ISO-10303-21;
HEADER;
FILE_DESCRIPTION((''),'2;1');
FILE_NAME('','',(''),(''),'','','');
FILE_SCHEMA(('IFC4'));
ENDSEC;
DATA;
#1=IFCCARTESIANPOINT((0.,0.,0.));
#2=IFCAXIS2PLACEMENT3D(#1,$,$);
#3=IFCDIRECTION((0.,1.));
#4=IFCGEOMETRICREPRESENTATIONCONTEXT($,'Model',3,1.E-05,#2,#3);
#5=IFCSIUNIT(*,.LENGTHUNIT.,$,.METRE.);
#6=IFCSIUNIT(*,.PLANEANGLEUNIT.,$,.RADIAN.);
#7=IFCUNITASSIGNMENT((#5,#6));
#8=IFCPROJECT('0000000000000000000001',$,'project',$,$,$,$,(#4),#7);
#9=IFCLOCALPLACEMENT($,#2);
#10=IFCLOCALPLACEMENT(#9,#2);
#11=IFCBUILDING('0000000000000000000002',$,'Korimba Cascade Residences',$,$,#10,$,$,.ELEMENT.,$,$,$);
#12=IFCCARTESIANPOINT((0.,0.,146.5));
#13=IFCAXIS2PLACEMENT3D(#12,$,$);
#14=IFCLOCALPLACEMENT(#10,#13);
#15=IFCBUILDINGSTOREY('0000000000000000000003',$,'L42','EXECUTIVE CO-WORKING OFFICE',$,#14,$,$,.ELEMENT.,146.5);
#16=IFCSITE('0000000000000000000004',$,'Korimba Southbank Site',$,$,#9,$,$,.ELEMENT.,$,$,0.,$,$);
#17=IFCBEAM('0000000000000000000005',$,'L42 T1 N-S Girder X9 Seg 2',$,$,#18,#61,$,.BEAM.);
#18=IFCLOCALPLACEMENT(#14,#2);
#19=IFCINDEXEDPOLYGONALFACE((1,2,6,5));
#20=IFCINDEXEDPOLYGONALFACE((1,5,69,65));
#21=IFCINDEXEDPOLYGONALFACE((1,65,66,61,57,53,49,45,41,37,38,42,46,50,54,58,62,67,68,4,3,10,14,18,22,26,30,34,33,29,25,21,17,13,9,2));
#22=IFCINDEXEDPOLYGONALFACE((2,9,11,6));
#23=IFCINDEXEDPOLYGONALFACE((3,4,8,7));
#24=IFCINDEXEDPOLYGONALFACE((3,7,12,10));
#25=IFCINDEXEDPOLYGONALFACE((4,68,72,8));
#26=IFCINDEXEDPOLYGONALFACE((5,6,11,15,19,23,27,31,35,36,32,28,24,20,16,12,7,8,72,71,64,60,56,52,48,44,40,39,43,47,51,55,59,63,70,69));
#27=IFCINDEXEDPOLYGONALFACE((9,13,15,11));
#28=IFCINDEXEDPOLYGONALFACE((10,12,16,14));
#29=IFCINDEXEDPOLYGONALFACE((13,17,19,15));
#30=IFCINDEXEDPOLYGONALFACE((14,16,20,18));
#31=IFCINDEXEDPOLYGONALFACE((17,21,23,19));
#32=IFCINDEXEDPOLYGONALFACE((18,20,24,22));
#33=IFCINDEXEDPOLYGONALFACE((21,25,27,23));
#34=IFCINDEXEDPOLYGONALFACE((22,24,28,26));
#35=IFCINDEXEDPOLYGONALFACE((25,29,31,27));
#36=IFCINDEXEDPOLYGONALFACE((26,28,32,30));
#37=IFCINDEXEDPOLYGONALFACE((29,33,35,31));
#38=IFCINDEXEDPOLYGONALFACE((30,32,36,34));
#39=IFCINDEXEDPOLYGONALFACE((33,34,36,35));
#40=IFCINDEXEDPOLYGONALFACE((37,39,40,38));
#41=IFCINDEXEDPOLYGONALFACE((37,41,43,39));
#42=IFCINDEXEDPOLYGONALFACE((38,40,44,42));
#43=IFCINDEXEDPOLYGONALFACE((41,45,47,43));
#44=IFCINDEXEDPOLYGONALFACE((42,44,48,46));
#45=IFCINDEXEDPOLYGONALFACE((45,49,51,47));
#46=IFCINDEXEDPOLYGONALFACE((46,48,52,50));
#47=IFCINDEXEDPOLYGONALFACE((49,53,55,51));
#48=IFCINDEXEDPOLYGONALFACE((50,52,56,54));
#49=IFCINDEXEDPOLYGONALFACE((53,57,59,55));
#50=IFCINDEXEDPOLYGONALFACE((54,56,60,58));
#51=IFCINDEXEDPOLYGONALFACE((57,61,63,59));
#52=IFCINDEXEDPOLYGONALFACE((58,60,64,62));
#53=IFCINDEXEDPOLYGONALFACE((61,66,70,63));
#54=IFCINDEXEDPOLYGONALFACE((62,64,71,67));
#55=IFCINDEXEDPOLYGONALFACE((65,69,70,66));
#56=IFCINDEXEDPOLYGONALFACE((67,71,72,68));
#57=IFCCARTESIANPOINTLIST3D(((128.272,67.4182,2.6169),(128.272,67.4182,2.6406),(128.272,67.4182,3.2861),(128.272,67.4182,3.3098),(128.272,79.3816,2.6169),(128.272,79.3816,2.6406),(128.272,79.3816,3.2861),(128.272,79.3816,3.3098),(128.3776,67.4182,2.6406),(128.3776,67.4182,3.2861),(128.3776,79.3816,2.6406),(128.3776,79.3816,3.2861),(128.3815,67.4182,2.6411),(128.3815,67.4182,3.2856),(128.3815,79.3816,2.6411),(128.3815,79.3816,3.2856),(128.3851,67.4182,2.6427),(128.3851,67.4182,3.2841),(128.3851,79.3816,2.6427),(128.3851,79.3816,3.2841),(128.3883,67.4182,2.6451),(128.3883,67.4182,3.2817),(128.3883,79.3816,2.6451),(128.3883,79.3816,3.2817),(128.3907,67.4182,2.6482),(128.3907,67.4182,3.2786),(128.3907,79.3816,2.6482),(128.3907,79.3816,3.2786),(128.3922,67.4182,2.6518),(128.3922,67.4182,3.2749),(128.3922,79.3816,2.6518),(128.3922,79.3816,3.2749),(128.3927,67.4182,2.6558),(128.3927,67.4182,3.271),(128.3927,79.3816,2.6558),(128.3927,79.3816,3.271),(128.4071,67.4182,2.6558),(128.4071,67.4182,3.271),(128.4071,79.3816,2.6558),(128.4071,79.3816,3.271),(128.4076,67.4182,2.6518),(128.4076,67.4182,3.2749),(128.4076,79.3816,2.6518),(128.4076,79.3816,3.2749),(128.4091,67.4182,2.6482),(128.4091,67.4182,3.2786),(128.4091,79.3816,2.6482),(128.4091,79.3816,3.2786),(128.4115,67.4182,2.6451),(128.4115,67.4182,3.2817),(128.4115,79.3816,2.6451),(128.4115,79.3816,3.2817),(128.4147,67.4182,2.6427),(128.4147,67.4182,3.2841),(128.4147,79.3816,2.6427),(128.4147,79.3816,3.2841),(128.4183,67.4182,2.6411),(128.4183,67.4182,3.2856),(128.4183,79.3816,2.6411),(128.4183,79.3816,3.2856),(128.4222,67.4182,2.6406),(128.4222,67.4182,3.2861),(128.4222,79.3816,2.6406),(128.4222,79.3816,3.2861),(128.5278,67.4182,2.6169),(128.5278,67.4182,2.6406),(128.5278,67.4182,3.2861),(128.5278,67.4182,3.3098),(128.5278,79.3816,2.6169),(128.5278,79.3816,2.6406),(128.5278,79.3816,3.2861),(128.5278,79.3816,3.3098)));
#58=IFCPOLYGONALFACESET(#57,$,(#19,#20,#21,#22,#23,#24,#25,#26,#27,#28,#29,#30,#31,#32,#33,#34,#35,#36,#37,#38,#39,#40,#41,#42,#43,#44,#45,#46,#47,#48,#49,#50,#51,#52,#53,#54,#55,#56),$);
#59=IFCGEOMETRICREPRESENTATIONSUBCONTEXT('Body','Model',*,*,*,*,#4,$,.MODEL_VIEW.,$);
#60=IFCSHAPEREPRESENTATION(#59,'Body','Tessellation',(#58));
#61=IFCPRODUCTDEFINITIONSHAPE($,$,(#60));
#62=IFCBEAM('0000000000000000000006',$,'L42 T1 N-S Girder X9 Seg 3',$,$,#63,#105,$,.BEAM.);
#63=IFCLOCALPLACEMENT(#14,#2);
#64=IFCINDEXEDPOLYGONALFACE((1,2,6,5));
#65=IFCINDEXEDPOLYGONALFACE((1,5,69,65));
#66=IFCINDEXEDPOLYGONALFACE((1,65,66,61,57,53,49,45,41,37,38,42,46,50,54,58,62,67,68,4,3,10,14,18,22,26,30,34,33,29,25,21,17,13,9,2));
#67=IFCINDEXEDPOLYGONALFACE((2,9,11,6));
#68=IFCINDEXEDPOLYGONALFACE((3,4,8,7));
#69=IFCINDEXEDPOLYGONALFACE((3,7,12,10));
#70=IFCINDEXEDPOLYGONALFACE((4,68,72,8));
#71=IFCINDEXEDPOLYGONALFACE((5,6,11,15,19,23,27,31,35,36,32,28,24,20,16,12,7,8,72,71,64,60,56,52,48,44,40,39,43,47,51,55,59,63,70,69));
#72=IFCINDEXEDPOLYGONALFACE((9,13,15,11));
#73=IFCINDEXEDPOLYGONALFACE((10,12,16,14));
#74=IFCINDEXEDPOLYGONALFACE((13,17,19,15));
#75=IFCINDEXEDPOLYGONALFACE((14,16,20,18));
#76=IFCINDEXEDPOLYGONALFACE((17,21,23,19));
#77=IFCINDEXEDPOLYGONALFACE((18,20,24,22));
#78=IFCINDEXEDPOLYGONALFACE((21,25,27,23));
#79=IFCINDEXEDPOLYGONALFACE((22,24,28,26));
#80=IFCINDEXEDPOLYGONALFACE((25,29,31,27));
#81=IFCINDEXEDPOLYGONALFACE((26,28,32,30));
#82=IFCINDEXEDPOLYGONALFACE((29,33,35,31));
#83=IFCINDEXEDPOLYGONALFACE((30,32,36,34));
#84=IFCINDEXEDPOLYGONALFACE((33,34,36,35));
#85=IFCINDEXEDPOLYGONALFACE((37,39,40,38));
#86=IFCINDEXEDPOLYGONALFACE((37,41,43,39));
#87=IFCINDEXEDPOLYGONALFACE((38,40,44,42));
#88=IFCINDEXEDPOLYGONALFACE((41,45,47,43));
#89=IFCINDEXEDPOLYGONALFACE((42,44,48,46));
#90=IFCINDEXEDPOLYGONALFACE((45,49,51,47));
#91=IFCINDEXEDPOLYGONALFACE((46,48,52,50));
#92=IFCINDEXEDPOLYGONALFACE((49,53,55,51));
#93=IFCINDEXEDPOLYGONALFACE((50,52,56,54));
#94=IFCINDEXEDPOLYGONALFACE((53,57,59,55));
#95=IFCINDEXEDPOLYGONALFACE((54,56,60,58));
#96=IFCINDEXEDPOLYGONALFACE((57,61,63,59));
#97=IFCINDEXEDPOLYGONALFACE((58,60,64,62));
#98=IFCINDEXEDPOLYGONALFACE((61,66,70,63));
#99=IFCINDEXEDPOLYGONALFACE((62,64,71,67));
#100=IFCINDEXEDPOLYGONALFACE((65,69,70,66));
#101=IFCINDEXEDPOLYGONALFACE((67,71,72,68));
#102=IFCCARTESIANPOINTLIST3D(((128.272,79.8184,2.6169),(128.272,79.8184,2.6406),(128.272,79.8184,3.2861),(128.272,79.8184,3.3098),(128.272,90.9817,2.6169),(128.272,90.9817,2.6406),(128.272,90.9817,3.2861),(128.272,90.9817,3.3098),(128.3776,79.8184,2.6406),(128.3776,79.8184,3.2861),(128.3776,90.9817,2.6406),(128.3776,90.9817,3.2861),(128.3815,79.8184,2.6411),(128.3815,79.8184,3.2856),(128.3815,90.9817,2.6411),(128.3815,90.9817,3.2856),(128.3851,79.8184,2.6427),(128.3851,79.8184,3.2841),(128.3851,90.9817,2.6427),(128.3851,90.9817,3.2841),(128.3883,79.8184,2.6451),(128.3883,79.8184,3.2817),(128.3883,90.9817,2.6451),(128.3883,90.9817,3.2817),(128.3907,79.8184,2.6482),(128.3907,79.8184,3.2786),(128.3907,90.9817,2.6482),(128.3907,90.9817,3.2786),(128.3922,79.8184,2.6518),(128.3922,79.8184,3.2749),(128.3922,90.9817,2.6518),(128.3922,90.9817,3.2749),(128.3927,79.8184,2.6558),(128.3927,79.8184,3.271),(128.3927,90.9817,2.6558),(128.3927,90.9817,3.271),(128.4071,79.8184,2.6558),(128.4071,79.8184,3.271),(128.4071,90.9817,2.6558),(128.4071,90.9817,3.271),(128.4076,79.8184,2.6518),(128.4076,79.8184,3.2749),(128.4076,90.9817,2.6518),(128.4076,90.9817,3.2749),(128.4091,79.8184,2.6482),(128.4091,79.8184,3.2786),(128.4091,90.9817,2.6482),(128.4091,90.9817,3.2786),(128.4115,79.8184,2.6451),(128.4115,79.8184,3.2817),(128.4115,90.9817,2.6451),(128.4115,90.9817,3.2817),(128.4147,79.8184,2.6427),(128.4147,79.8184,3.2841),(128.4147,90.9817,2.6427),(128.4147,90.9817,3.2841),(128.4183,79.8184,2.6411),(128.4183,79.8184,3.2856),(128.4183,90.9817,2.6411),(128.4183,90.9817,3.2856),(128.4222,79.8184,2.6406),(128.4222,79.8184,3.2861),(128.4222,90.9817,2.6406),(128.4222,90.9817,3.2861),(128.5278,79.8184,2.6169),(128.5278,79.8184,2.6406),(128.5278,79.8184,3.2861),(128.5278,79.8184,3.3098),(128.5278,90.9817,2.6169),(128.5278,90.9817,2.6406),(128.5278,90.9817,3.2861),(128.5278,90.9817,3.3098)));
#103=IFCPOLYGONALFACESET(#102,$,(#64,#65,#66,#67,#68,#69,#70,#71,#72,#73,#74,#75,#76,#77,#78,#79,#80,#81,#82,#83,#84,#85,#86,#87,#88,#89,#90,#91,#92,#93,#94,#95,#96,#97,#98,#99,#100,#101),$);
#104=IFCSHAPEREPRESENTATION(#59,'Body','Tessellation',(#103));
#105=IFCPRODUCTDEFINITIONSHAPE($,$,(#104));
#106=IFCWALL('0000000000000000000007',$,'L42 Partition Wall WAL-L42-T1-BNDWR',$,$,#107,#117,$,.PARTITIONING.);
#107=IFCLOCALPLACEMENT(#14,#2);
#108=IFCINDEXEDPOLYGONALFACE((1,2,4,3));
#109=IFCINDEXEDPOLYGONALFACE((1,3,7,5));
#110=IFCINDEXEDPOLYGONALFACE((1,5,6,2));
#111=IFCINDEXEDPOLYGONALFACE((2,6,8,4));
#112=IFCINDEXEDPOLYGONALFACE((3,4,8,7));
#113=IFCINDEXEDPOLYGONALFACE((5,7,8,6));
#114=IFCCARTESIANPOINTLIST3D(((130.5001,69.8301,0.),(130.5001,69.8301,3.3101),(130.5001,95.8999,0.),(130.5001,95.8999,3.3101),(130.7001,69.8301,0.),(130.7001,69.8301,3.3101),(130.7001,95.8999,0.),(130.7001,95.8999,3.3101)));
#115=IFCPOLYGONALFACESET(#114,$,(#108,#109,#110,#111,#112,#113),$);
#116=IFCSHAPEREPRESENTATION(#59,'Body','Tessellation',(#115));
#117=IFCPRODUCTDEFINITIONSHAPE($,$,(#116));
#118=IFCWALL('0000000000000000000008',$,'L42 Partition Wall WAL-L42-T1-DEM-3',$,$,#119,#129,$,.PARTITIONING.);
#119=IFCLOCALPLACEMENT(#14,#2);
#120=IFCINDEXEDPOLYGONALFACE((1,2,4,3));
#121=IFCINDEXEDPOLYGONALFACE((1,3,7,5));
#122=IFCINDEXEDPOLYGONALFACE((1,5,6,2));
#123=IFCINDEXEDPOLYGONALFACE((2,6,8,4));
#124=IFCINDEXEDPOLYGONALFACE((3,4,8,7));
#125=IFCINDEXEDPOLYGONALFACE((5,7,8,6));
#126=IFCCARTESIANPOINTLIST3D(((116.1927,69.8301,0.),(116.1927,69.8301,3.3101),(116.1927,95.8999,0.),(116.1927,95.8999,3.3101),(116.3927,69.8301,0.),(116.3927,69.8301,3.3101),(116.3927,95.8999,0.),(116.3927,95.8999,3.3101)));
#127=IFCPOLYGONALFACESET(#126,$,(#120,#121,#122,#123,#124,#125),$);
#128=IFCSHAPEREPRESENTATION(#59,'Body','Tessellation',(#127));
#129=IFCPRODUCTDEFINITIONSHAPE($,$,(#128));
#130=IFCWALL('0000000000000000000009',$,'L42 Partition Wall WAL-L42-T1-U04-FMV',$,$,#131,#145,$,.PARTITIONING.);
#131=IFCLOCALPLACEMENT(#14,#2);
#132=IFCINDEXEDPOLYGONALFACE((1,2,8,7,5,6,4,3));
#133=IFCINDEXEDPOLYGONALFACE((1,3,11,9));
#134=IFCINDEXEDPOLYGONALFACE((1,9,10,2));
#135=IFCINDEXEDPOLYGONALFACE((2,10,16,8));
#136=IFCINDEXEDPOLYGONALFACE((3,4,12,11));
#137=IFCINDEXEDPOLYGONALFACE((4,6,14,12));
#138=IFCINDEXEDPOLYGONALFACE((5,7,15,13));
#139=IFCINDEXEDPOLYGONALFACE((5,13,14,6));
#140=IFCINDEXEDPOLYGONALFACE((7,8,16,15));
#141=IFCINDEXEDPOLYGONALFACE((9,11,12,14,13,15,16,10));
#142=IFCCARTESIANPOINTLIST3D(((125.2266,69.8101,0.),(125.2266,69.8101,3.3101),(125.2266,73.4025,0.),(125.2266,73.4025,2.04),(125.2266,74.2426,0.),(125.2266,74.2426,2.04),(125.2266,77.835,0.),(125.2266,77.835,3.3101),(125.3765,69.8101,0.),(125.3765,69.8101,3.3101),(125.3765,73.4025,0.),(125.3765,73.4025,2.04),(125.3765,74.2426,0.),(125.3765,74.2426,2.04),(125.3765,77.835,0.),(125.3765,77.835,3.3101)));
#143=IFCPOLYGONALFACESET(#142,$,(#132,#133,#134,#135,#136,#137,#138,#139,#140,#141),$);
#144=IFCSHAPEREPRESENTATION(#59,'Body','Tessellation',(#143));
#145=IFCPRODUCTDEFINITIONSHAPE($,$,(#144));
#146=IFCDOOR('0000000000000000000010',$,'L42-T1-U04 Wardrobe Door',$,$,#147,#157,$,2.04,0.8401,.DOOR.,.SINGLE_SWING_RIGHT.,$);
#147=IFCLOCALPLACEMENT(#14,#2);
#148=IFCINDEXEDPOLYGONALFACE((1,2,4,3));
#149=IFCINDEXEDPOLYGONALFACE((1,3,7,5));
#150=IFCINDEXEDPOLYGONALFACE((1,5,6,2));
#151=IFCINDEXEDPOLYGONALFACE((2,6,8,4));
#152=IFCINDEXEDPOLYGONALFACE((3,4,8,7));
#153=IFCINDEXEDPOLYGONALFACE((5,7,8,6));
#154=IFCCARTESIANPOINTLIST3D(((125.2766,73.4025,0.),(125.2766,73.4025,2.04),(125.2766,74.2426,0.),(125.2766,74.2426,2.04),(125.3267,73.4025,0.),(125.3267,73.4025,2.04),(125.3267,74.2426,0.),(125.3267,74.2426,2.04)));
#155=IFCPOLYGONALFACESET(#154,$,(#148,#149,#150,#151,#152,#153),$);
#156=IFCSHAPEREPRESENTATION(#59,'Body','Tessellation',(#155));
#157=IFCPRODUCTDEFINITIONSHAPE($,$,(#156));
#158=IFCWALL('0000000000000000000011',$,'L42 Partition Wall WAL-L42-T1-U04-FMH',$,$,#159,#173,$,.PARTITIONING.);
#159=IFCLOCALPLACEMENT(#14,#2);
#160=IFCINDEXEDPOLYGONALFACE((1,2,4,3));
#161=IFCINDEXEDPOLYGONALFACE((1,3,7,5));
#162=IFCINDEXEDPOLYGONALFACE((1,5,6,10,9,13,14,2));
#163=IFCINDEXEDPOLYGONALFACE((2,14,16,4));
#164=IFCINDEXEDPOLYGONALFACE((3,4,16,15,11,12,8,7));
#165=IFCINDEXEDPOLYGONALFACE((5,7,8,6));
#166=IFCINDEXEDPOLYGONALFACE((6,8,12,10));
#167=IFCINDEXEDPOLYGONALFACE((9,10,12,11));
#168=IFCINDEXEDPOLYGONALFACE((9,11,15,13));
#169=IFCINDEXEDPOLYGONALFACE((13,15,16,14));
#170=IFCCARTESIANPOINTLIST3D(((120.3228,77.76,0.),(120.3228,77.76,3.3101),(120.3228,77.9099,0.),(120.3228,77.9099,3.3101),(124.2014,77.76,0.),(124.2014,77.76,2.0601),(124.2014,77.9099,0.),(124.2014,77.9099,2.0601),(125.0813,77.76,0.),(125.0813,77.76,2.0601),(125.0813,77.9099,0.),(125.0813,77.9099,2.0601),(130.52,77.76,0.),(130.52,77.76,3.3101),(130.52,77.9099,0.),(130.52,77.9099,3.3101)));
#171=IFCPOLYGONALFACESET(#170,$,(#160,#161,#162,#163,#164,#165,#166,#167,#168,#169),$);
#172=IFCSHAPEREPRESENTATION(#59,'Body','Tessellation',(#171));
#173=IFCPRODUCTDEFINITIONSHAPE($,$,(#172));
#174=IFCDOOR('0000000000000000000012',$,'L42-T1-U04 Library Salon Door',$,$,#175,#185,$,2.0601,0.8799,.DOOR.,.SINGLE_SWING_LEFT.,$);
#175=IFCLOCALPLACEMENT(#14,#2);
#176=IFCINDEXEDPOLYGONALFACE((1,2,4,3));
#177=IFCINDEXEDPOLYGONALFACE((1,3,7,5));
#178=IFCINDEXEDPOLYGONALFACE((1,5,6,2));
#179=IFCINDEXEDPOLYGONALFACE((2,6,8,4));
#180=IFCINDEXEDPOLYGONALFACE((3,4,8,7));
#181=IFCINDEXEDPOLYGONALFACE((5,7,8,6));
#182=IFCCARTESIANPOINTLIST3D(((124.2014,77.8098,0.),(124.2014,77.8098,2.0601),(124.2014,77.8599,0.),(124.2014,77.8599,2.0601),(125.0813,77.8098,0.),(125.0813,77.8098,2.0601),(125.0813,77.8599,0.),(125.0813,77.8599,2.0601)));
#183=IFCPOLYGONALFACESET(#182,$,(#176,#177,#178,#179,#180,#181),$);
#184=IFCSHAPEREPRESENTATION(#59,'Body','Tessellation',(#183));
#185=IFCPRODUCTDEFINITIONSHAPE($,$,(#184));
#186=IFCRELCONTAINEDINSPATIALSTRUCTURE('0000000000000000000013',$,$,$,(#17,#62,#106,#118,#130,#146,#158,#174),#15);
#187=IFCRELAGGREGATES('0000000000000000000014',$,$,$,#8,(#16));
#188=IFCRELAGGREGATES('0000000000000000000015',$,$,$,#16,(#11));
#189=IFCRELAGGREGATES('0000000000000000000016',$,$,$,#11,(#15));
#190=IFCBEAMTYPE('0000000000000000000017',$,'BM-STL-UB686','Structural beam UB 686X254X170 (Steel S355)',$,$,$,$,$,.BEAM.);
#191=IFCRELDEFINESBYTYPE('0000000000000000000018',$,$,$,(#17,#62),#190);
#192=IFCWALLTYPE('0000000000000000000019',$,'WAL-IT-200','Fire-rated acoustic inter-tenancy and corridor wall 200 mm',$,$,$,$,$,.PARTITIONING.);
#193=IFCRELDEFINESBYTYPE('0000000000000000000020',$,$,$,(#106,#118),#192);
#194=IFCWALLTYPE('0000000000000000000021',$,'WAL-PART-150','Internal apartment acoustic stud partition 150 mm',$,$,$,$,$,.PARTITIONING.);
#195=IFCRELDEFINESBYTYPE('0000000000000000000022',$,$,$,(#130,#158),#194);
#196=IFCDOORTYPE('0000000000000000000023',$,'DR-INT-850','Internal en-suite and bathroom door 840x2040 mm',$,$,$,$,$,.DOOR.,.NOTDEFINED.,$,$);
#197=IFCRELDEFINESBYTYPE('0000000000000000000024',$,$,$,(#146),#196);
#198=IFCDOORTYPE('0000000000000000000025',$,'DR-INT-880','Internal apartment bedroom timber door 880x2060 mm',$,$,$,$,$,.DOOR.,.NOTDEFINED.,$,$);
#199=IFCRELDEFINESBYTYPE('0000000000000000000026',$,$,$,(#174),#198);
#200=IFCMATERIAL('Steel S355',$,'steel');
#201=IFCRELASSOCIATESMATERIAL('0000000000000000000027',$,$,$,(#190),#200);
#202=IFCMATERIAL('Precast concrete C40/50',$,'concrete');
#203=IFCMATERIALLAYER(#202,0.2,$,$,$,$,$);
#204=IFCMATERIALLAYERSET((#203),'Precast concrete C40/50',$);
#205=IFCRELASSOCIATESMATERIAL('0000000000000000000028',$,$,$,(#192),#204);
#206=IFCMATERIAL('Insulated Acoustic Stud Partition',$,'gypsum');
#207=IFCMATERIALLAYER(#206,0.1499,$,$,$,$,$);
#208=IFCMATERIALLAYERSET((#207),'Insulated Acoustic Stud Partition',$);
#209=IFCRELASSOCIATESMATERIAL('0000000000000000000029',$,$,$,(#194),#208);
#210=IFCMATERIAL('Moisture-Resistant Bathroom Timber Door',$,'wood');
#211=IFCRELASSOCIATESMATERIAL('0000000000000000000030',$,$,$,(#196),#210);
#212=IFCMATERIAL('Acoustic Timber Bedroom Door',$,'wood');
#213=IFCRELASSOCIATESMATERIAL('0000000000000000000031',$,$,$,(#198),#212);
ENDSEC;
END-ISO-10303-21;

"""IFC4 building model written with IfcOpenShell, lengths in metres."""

from ifc_helpers import new_model, si_unit, direction, frame, frame_2d, origin, origin_2d, place, context, subcontext, project, spatial, rectangle, i_section, extrude, material, layer, layer_set, material_profile, profile_set, type_object, element, fill, save


model = new_model("IFC4")

# Units and contexts
model_context = context("Model", 3, precision=1e-05, world=origin(), true_north=direction((0.0, 1.0)))
body_context = subcontext(model_context, "Body", "Model", "MODEL_VIEW")
ifc_project = project(units=[si_unit("LENGTHUNIT", "METRE"), si_unit("PLANEANGLEUNIT", "RADIAN")], contexts=[model_context])

# Site, building, storey
site_placement = place(None, origin())
site = spatial("IfcSite", under=ifc_project, at=site_placement, Name="Korimba Southbank Site", CompositionType="ELEMENT", RefElevation=0.0)
building_placement = place(site_placement, origin())
building = spatial("IfcBuilding", under=site, at=building_placement, Name="Korimba Cascade Residences", CompositionType="ELEMENT")
storey_placement = place(building_placement, frame((0.0, 0.0, 146.5)))
storey = spatial("IfcBuildingStorey", under=building, at=storey_placement, Name="L42", Description="EXECUTIVE CO-WORKING OFFICE", CompositionType="ELEMENT", Elevation=146.5)

# Beams
ifc_material_1 = material(Name="Steel S355", Category="steel")
ifc_material_profile_1 = material_profile(ifc_material_1, i_section(OverallWidth=0.2559, OverallDepth=0.6929, WebThickness=0.0144, FlangeThickness=0.0237, FilletRadius=0.0151, at=origin_2d()), Name="Steel S355")
ifc_profile_set_1 = profile_set([ifc_material_profile_1], Name="Steel S355")
beam_type_1 = type_object("IfcBeamType", Name="BM-STL-UB686", Description="Structural beam UB 686X254X170 (Steel S355)", PredefinedType="BEAM", material=ifc_profile_set_1)
beam_1_placement = place(storey_placement, frame((128.3999, 67.4182, 2.9634), z_axis=(0.0, 1.0, 0.0), x_axis=(-1.0, 0.0, 0.0)))
element("IfcBeam", 1, at=beam_1_placement, inside=storey, type_object=beam_type_1, Name="L42 T1 N-S Girder X9 Seg 2", PredefinedType="BEAM", context=body_context, shape_type="SweptSolid", body=[
    extrude(i_section(OverallWidth=0.2559, OverallDepth=0.6929, WebThickness=0.0144, FlangeThickness=0.0237, FilletRadius=0.0151, at=origin_2d()), origin(), (0.0, 0.0, 1.0), 11.9634),
])
beam_2_placement = place(storey_placement, frame((128.3999, 79.8184, 2.9634), z_axis=(0.0, 1.0, 0.0), x_axis=(-1.0, 0.0, 0.0)))
element("IfcBeam", 2, at=beam_2_placement, inside=storey, type_object=beam_type_1, Name="L42 T1 N-S Girder X9 Seg 3", PredefinedType="BEAM", context=body_context, shape_type="SweptSolid", body=[
    extrude(i_section(OverallWidth=0.2559, OverallDepth=0.6929, WebThickness=0.0144, FlangeThickness=0.0237, FilletRadius=0.0151, at=origin_2d()), origin(), (0.0, 0.0, 1.0), 11.1633),
])

# Walls
ifc_material_2 = material(Name="Precast concrete C40/50", Category="concrete")
ifc_layer_1 = layer(ifc_material_2, 0.2)
ifc_layer_set_1 = layer_set([ifc_layer_1], Name="Precast concrete C40/50")
wall_type_1 = type_object("IfcWallType", Name="WAL-IT-200", Description="Fire-rated acoustic inter-tenancy and corridor wall 200 mm", PredefinedType="PARTITIONING", material=ifc_layer_set_1)
for number, where, z_axis, x_axis, name in (
    (3, (130.6001, 69.8301, 0.0), (0.0, 0.0, 1.0), (0.0, 1.0, 0.0), "L42 Partition Wall WAL-L42-T1-BNDWR"),
    (4, (116.2927, 69.8301, 0.0), (0.0, 0.0, 1.0), (0.0, 1.0, 0.0), "L42 Partition Wall WAL-L42-T1-DEM-3"),
):
    element("IfcWall", number, at=place(storey_placement, frame(where, z_axis=z_axis, x_axis=x_axis)), inside=storey, type_object=wall_type_1, Name=name, PredefinedType="PARTITIONING", context=body_context, shape_type="SweptSolid", body=[
        extrude(rectangle(XDim=26.0698, YDim=0.2, at=frame_2d((13.0349, 0.0))), origin(), (0.0, 0.0, 1.0), 3.3101),
    ])

# Walls, openings, doors
ifc_material_3 = material(Name="Insulated Acoustic Stud Partition", Category="gypsum")
ifc_layer_2 = layer(ifc_material_3, 0.1499)
ifc_layer_set_2 = layer_set([ifc_layer_2], Name="Insulated Acoustic Stud Partition")
wall_type_2 = type_object("IfcWallType", Name="WAL-PART-150", Description="Internal apartment acoustic stud partition 150 mm", PredefinedType="PARTITIONING", material=ifc_layer_set_2)
wall_1_placement = place(storey_placement, frame((125.3015, 69.8101, 0.0), z_axis=(0.0, 0.0, 1.0), x_axis=(0.0, 1.0, 0.0)))
wall_1 = element("IfcWall", 5, at=wall_1_placement, inside=storey, type_object=wall_type_2, Name="L42 Partition Wall WAL-L42-T1-U04-FMV", PredefinedType="PARTITIONING", context=body_context, shape_type="SweptSolid", body=[
    extrude(rectangle(XDim=8.0249, YDim=0.1499, at=frame_2d((4.0125, 0.0))), origin(), (0.0, 0.0, 1.0), 3.3101),
])
opening_1_placement = place(wall_1_placement, frame((3.5925, 0.0, 0.0)))
opening_1 = element("IfcOpeningElement", 6, at=opening_1_placement, cuts=wall_1, PredefinedType="OPENING", context=body_context, shape_type="SweptSolid", body=[
    extrude(rectangle(XDim=0.8401, YDim=2.04, at=frame_2d((0.4199, 1.02))), frame((0.0, 0.085, 0.0), z_axis=(0.0, -1.0, 0.0), x_axis=(1.0, 0.0, 0.0)), (0.0, 0.0, 1.0), 0.1699),
])
ifc_material_4 = material(Name="Moisture-Resistant Bathroom Timber Door", Category="wood")
door_type_1 = type_object("IfcDoorType", Name="DR-INT-850", Description="Internal en-suite and bathroom door 840x2040 mm", OperationType="NOTDEFINED", PredefinedType="DOOR", material=ifc_material_4)
door_1_placement = place(opening_1_placement, origin())
door_1 = element("IfcDoor", 7, at=door_1_placement, inside=storey, type_object=door_type_1, Name="L42-T1-U04 Wardrobe Door", OperationType="SINGLE_SWING_RIGHT", OverallHeight=2.04, OverallWidth=0.8401, PredefinedType="DOOR", context=body_context, shape_type="SweptSolid", body=[
    extrude(rectangle(XDim=0.8401, YDim=2.04, at=frame_2d((0.4199, 1.02))), frame((0.0, 0.0249, 0.0), z_axis=(0.0, -1.0, 0.0), x_axis=(1.0, 0.0, 0.0)), (0.0, 0.0, 1.0), 0.05),
])
fill(opening_1, door_1)
wall_2_placement = place(storey_placement, frame((120.3228, 77.835, 0.0), z_axis=(0.0, 0.0, 1.0), x_axis=(1.0, 0.0, 0.0)))
wall_2 = element("IfcWall", 8, at=wall_2_placement, inside=storey, type_object=wall_type_2, Name="L42 Partition Wall WAL-L42-T1-U04-FMH", PredefinedType="PARTITIONING", context=body_context, shape_type="SweptSolid", body=[
    extrude(rectangle(XDim=10.1973, YDim=0.1499, at=frame_2d((5.0986, 0.0))), origin(), (0.0, 0.0, 1.0), 3.3101),
])
opening_2_placement = place(wall_2_placement, frame((3.8787, 0.0, 0.0)))
opening_2 = element("IfcOpeningElement", 9, at=opening_2_placement, cuts=wall_2, PredefinedType="OPENING", context=body_context, shape_type="SweptSolid", body=[
    extrude(rectangle(XDim=0.8799, YDim=2.0601, at=frame_2d((0.4399, 1.03))), frame((0.0, 0.085, 0.0), z_axis=(0.0, -1.0, 0.0), x_axis=(1.0, 0.0, 0.0)), (0.0, 0.0, 1.0), 0.1699),
])
ifc_material_5 = material(Name="Acoustic Timber Bedroom Door", Category="wood")
door_type_2 = type_object("IfcDoorType", Name="DR-INT-880", Description="Internal apartment bedroom timber door 880x2060 mm", OperationType="NOTDEFINED", PredefinedType="DOOR", material=ifc_material_5)
door_2_placement = place(opening_2_placement, origin())
door_2 = element("IfcDoor", 10, at=door_2_placement, inside=storey, type_object=door_type_2, Name="L42-T1-U04 Library Salon Door", OperationType="SINGLE_SWING_LEFT", OverallHeight=2.0601, OverallWidth=0.8799, PredefinedType="DOOR", context=body_context, shape_type="SweptSolid", body=[
    extrude(rectangle(XDim=0.8799, YDim=2.0601, at=frame_2d((0.4399, 1.03))), frame((0.0, 0.0249, 0.0), z_axis=(0.0, -1.0, 0.0), x_axis=(1.0, 0.0, 0.0)), (0.0, 0.0, 1.0), 0.05),
])
fill(opening_2, door_2)

save(model, "model.ifc")
